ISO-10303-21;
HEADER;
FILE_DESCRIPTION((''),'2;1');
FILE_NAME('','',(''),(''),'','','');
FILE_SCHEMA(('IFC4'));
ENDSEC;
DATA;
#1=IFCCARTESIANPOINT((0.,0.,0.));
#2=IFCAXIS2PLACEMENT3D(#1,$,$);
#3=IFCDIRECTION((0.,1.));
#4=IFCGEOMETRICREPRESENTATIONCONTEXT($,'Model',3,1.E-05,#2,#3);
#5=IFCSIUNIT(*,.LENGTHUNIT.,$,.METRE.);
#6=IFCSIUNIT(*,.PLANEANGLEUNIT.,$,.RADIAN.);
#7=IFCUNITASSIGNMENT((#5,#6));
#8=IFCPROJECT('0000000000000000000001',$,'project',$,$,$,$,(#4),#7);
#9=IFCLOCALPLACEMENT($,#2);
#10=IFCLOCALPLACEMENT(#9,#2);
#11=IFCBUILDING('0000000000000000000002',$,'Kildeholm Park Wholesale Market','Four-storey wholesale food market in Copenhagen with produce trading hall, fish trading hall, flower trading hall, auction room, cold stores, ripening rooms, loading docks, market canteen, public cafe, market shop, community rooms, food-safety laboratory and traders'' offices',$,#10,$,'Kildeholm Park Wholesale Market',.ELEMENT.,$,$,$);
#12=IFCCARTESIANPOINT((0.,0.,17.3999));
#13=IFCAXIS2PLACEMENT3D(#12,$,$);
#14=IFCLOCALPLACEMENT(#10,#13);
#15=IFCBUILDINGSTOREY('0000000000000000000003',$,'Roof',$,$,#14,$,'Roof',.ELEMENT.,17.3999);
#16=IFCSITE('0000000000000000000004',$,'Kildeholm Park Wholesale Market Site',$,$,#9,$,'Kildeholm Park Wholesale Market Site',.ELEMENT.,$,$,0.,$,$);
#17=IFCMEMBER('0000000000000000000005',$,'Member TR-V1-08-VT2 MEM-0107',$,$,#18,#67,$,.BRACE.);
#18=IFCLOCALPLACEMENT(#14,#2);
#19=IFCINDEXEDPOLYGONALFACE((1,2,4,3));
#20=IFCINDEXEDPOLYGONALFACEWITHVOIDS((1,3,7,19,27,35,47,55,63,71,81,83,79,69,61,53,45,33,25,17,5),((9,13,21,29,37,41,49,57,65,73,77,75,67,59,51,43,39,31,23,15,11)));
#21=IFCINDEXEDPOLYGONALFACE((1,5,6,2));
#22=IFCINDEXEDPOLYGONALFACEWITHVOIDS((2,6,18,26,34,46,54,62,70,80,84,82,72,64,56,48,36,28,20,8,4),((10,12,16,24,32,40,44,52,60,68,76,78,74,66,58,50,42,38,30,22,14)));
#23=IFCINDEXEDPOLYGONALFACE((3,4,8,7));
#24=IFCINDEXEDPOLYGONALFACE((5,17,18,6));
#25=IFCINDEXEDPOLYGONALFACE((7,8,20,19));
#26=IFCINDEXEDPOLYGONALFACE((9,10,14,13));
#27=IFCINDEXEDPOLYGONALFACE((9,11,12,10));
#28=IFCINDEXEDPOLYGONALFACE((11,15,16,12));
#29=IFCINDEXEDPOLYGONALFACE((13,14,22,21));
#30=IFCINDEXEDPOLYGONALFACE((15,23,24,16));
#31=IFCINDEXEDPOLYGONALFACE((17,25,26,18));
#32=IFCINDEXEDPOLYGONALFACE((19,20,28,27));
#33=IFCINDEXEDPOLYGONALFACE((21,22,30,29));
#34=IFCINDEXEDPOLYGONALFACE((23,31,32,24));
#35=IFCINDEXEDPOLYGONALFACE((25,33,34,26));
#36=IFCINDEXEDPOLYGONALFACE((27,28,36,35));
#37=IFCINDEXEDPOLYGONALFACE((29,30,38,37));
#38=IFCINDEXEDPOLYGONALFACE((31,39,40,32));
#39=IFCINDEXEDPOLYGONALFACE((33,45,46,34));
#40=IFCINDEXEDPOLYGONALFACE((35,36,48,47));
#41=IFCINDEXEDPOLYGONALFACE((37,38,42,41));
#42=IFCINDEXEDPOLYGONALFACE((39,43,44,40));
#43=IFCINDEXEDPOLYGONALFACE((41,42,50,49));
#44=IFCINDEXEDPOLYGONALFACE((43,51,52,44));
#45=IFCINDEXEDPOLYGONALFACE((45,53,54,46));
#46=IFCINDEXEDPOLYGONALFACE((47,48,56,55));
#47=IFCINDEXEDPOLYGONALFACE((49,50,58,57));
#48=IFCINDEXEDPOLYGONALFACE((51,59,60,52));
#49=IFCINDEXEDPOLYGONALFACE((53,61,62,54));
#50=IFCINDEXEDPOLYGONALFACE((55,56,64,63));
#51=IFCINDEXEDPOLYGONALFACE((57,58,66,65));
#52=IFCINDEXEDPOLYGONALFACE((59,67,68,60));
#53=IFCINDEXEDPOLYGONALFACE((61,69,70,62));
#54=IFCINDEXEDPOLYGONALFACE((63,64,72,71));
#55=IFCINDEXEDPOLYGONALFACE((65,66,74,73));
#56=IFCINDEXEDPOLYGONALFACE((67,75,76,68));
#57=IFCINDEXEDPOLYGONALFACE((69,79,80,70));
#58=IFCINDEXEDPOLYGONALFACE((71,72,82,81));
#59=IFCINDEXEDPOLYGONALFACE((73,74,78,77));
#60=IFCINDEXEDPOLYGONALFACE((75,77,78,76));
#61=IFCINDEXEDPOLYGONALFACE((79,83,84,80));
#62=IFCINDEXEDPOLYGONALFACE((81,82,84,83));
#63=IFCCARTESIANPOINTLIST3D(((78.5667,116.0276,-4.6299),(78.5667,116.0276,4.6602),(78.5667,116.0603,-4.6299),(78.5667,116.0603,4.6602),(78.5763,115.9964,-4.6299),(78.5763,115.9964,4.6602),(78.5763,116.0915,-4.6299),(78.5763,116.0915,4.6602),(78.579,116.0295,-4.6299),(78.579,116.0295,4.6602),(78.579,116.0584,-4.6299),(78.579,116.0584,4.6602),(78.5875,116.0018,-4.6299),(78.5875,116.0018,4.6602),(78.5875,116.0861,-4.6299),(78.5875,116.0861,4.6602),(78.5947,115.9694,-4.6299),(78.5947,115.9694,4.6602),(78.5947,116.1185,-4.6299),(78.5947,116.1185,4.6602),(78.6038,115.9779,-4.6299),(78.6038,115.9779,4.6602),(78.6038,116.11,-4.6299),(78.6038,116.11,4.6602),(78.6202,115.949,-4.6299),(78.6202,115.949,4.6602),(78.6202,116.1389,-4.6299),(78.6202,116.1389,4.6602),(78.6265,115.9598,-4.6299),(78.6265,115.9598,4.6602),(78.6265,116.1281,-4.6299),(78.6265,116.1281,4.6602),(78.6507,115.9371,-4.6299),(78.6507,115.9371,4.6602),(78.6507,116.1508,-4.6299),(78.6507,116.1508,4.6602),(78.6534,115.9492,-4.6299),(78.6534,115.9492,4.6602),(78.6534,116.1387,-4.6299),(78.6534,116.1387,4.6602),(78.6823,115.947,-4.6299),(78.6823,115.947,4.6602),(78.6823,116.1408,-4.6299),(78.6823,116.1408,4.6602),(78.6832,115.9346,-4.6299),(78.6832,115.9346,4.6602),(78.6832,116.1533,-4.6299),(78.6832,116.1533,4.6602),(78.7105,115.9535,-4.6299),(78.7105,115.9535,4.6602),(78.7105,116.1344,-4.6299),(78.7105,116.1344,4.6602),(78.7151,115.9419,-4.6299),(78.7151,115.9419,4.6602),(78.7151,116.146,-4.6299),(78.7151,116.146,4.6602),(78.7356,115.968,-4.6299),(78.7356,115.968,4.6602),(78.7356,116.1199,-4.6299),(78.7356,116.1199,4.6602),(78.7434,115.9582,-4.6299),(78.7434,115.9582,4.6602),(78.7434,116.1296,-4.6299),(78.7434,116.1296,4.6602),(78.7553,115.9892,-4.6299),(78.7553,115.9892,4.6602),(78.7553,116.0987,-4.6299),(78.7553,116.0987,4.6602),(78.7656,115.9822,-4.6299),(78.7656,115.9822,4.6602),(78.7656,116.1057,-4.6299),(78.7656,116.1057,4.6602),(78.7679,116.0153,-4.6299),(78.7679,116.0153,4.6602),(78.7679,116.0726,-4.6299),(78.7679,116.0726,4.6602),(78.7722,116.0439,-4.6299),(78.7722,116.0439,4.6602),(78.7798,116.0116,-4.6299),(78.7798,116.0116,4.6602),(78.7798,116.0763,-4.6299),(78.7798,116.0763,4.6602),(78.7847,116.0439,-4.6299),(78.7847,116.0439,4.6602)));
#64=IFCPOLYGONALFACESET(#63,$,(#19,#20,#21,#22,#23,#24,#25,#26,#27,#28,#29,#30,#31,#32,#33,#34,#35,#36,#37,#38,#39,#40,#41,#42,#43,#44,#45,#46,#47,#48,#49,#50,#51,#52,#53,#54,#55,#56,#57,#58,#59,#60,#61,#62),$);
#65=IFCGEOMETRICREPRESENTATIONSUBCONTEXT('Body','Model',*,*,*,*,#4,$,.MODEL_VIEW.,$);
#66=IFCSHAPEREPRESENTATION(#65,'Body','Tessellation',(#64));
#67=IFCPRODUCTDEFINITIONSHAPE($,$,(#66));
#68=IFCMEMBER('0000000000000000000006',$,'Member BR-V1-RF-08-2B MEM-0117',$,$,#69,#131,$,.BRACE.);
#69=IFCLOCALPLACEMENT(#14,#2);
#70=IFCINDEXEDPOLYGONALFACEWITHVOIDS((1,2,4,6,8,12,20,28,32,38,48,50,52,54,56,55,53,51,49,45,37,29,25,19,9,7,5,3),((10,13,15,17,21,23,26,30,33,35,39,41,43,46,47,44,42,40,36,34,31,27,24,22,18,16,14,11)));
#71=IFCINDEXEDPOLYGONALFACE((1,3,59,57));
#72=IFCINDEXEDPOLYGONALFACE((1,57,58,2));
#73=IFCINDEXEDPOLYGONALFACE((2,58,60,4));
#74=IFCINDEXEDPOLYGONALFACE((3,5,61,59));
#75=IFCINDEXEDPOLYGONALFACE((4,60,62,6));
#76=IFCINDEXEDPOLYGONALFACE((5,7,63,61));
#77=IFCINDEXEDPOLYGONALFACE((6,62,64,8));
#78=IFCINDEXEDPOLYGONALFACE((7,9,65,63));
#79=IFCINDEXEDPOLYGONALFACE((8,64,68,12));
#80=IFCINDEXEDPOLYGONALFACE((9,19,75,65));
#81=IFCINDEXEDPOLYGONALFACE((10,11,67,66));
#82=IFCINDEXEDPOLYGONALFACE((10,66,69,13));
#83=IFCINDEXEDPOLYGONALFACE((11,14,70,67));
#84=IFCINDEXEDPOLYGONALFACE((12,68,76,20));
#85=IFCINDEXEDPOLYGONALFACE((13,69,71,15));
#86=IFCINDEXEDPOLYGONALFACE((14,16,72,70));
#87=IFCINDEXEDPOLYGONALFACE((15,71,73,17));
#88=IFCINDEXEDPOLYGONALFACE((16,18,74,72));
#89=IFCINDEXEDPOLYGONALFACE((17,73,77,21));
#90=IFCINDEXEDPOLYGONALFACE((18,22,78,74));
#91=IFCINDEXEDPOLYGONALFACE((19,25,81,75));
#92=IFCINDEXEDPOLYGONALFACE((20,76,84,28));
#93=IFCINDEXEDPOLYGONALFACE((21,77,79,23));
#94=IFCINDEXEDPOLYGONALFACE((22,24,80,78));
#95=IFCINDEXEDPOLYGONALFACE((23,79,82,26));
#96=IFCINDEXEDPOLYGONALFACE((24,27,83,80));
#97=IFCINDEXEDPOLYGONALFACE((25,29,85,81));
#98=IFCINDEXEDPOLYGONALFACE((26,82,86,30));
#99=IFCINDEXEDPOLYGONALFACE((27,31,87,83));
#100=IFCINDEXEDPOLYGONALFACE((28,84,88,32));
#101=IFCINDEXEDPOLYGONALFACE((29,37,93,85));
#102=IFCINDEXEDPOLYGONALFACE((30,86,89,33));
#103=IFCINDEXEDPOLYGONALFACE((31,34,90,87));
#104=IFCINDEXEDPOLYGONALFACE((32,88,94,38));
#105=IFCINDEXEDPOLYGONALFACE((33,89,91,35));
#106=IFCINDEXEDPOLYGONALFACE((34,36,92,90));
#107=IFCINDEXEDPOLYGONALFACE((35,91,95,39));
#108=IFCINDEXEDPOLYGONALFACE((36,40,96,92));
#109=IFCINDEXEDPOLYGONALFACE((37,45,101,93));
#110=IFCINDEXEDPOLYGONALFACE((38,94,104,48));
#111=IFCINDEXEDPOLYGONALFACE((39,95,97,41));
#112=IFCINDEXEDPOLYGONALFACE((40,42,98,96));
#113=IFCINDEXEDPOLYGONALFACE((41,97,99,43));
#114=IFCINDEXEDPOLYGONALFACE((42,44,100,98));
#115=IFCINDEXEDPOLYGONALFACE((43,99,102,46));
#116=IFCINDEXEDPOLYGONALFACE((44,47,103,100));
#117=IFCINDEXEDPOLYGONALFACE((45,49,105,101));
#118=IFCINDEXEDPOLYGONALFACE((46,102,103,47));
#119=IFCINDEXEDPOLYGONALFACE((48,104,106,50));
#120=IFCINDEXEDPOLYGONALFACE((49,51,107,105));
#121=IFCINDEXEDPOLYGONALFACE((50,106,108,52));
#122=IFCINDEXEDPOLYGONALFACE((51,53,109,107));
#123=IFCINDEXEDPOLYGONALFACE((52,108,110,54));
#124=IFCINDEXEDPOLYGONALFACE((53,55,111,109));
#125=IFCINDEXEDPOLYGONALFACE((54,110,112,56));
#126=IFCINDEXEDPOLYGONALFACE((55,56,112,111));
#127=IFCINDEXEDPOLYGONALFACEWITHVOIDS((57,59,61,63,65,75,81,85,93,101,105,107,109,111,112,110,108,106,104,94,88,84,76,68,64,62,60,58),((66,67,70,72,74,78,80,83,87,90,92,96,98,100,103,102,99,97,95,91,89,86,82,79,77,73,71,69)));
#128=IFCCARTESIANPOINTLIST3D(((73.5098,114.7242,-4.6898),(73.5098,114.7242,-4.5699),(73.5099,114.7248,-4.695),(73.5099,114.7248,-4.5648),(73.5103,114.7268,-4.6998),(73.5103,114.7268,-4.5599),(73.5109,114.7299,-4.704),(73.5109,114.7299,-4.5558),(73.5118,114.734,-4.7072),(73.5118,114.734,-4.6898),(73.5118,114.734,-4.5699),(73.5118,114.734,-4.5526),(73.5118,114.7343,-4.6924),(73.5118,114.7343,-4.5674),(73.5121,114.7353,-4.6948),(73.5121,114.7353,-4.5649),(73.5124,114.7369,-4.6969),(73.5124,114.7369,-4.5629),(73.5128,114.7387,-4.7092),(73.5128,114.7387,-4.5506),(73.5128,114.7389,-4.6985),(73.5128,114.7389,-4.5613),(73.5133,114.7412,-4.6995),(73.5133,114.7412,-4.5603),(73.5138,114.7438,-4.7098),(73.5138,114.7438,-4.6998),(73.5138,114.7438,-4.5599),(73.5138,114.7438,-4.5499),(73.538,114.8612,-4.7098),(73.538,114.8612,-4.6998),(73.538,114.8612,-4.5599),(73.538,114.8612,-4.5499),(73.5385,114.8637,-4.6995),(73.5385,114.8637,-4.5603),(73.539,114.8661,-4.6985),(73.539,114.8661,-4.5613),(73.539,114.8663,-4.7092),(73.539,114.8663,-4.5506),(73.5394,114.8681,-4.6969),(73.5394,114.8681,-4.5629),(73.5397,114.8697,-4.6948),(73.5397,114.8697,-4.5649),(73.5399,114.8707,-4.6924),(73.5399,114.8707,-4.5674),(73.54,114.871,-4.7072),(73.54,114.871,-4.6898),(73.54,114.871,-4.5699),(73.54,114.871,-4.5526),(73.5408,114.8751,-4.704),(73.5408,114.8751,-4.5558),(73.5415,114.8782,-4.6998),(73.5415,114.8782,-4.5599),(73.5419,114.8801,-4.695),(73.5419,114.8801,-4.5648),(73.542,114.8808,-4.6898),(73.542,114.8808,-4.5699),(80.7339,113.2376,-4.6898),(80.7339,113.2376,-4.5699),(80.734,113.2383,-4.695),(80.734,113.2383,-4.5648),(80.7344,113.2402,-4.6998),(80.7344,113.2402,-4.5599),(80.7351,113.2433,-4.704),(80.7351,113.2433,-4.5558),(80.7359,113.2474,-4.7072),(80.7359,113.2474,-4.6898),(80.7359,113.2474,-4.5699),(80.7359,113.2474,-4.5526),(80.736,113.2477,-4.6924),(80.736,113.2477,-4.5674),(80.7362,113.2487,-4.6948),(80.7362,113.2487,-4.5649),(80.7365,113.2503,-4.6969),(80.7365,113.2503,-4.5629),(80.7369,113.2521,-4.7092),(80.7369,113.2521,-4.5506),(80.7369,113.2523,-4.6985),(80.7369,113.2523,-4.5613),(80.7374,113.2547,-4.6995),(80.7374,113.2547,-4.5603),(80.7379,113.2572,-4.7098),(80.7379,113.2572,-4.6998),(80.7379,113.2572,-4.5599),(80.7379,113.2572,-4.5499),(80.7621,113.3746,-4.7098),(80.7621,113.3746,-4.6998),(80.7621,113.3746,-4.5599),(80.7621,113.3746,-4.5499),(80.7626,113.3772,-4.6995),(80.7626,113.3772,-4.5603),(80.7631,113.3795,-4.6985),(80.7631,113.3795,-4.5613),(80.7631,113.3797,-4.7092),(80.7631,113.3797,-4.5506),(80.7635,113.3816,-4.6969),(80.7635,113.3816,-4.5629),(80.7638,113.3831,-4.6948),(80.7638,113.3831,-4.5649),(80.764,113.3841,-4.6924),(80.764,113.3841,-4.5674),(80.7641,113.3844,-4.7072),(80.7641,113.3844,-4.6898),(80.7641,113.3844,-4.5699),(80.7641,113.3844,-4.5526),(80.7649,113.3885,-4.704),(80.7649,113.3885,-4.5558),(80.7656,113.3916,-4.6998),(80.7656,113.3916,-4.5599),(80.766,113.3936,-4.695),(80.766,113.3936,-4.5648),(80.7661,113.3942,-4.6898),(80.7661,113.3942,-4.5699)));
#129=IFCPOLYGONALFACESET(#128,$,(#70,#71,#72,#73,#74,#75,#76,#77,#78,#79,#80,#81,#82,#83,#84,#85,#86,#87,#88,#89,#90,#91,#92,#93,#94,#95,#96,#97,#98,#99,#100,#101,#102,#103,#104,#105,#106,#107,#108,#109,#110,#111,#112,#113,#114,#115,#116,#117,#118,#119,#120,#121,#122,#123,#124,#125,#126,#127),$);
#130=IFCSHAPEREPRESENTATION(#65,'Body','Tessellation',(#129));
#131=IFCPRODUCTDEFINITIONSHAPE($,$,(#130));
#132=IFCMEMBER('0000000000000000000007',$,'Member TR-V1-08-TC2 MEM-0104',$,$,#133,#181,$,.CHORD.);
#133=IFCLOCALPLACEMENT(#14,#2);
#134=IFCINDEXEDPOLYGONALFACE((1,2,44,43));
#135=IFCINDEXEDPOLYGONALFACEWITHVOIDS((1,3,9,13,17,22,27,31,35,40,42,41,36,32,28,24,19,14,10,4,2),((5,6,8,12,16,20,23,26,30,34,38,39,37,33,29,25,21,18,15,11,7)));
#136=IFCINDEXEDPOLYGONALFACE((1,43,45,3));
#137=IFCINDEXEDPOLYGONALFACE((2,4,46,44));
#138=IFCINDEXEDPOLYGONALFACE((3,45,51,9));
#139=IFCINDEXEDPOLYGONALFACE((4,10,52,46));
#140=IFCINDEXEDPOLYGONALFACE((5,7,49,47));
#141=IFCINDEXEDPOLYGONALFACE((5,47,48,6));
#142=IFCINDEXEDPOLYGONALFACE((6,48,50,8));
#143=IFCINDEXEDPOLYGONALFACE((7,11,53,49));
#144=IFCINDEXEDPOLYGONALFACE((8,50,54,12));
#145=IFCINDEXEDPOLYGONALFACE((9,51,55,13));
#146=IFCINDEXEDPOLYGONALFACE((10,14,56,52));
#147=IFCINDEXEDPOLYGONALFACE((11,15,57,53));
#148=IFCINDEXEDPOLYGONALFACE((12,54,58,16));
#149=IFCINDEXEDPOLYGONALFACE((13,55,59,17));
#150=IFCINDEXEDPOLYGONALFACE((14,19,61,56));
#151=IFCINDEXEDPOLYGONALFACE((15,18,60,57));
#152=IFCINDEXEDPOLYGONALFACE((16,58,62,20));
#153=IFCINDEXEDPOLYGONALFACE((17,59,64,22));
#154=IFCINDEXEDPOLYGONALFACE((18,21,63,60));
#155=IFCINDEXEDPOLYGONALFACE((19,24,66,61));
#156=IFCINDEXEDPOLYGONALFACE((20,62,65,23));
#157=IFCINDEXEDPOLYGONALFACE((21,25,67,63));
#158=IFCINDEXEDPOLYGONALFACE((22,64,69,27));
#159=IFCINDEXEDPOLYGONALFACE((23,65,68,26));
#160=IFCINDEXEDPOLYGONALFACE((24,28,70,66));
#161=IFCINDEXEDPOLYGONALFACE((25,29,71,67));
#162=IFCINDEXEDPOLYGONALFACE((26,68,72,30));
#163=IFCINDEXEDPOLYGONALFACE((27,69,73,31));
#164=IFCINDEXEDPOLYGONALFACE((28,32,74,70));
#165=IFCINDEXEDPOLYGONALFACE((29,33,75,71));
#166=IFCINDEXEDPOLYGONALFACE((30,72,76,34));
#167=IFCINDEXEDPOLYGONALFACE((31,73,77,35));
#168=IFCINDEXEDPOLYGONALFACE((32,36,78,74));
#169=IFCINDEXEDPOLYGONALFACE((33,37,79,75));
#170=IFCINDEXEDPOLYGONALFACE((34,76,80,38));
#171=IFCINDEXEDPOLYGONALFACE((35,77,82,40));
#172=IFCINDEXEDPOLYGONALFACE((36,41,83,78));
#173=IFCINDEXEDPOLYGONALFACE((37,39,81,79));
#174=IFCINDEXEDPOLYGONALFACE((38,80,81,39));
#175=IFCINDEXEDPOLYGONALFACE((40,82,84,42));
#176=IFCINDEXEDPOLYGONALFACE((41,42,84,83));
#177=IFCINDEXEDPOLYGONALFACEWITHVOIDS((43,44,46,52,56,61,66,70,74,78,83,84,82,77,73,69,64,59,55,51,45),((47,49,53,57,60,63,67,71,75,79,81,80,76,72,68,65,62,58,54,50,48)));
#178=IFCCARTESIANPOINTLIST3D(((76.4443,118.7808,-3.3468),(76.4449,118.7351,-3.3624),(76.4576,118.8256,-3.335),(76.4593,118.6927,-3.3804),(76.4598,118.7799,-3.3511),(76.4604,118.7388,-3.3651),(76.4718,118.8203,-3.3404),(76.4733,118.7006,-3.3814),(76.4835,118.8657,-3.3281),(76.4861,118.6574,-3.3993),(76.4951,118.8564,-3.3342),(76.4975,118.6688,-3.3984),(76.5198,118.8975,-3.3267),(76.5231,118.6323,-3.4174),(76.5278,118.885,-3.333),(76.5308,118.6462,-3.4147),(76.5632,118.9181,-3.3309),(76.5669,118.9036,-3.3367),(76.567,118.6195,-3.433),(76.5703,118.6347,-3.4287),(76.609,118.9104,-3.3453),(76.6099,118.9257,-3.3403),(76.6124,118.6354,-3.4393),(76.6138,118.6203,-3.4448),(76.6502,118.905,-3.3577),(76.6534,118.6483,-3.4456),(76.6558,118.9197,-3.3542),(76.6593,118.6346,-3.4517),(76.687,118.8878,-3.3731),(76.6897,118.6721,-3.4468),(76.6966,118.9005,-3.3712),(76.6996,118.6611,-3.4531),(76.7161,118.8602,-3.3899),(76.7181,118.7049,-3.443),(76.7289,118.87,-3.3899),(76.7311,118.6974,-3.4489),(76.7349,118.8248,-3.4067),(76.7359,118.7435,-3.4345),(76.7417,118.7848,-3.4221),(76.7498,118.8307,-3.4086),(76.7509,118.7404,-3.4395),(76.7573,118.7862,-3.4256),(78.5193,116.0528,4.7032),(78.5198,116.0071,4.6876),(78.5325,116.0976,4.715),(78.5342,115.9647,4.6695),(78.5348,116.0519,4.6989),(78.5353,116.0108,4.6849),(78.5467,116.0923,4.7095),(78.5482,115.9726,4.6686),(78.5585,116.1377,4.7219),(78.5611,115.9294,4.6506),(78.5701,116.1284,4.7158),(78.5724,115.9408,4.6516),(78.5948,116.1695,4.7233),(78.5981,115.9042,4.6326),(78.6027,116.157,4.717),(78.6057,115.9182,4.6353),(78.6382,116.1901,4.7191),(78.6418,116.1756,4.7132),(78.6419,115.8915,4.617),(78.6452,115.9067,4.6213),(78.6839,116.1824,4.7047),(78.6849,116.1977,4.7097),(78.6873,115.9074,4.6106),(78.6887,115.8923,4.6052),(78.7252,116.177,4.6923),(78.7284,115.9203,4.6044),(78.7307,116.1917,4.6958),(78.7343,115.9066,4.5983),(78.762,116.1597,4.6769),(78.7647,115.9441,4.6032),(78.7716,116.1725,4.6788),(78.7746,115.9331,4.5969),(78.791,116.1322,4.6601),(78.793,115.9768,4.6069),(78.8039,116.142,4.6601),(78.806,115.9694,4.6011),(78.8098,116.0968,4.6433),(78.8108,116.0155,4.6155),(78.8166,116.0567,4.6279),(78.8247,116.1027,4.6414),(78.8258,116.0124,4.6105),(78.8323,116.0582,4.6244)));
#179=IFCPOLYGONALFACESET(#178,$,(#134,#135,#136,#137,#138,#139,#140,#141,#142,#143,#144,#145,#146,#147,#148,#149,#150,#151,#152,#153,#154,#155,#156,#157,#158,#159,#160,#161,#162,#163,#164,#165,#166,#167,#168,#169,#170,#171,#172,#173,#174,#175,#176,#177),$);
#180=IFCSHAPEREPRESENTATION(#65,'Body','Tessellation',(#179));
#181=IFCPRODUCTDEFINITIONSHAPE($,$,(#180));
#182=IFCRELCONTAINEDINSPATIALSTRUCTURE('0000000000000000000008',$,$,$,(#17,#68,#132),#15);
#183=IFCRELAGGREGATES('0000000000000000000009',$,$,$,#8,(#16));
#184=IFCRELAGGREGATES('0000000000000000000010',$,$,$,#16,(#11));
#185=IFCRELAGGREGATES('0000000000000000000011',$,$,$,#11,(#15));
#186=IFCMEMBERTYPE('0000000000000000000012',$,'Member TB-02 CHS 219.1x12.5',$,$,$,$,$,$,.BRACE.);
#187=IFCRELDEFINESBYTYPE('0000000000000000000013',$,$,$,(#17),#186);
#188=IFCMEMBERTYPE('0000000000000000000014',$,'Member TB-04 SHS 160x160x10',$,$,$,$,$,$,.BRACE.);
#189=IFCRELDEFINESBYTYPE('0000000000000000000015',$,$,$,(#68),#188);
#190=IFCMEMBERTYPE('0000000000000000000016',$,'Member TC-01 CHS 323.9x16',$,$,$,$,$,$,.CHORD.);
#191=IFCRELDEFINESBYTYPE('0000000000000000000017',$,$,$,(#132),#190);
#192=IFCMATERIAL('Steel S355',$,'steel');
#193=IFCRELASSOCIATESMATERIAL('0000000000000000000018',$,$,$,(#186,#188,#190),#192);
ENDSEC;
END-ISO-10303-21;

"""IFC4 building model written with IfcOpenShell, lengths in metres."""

from ifc_helpers import new_model, si_unit, direction, frame, origin, origin_2d, place, context, subcontext, project, spatial, hollow_rectangle, hollow_circle, extrude, material, material_profile, profile_set, type_object, element, save


model = new_model("IFC4")

# Units and contexts
model_context = context("Model", 3, precision=1e-05, world=origin(), true_north=direction((0.0, 1.0)))
body_context = subcontext(model_context, "Body", "Model", "MODEL_VIEW")
ifc_project = project(units=[si_unit("LENGTHUNIT", "METRE"), si_unit("PLANEANGLEUNIT", "RADIAN")], contexts=[model_context])

# Site, building, storey
site_placement = place(None, origin())
site = spatial("IfcSite", under=ifc_project, at=site_placement, Name="Kildeholm Park Wholesale Market Site", LongName="Kildeholm Park Wholesale Market Site", CompositionType="ELEMENT", RefElevation=0.0)
building_placement = place(site_placement, origin())
building = spatial("IfcBuilding", under=site, at=building_placement, Name="Kildeholm Park Wholesale Market", Description="Four-storey wholesale food market in Copenhagen with produce trading hall, fish trading hall, flower trading hall, auction room, cold stores, ripening rooms, loading docks, market canteen, public cafe, market shop, community rooms, food-safety laboratory and traders' offices", LongName="Kildeholm Park Wholesale Market", CompositionType="ELEMENT")
storey_placement = place(building_placement, frame((0.0, 0.0, 17.3999)))
storey = spatial("IfcBuildingStorey", under=building, at=storey_placement, Name="Roof", LongName="Roof", CompositionType="ELEMENT", Elevation=17.3999)

# Members
ifc_material_1 = material(Name="Steel S355", Category="steel")
ifc_material_profile_1 = material_profile(ifc_material_1, hollow_circle(Radius=0.1096, WallThickness=0.0125, at=origin_2d()), Name="CHS 219.1x12.5")
ifc_profile_set_1 = profile_set([ifc_material_profile_1], Name="Steel S355")
member_type_1 = type_object("IfcMemberType", Name="Member TB-02 CHS 219.1x12.5", PredefinedType="BRACE", material=ifc_profile_set_1)
member_1_placement = place(storey_placement, frame((78.675, 116.0439, -4.6299), z_axis=(0.0, 0.0, 1.0), x_axis=(1.0, 0.0, 0.0)))
element("IfcMember", 1, at=member_1_placement, inside=storey, type_object=member_type_1, Name="Member TR-V1-08-VT2 MEM-0107", PredefinedType="BRACE", context=body_context, shape_type="SweptSolid", body=[
    extrude(hollow_circle(Radius=0.1096, WallThickness=0.0125, at=origin_2d()), origin(), (0.0, 0.0, 1.0), 9.29),
])
ifc_material_profile_2 = material_profile(ifc_material_1, hollow_rectangle(XDim=0.1599, YDim=0.1599, WallThickness=0.01, InnerFilletRadius=0.01, OuterFilletRadius=0.02, at=origin_2d()), Name="SHS 160x160x10")
ifc_profile_set_2 = profile_set([ifc_material_profile_2], Name="Steel S355")
member_type_2 = type_object("IfcMemberType", Name="Member TB-04 SHS 160x160x10", PredefinedType="BRACE", material=ifc_profile_set_2)
member_2_placement = place(storey_placement, frame((73.5259, 114.8025, -4.6299), z_axis=(0.979477, -0.201556, 0.0), x_axis=(0.201556, 0.979477, 0.0)))
element("IfcMember", 2, at=member_2_placement, inside=storey, type_object=member_type_2, Name="Member BR-V1-RF-08-2B MEM-0117", PredefinedType="BRACE", context=body_context, shape_type="SweptSolid", body=[
    extrude(hollow_rectangle(XDim=0.1599, YDim=0.1599, WallThickness=0.01, InnerFilletRadius=0.01, OuterFilletRadius=0.02, at=origin_2d()), origin(), (0.0, 0.0, 1.0), 7.3755),
])
ifc_material_profile_3 = material_profile(ifc_material_1, hollow_circle(Radius=0.1619, WallThickness=0.0161, at=origin_2d()), Name="CHS 323.9x16")
ifc_profile_set_3 = profile_set([ifc_material_profile_3], Name="Steel S355")
member_type_3 = type_object("IfcMemberType", Name="Member TC-01 CHS 323.9x16", PredefinedType="CHORD", material=ifc_profile_set_3)
member_3_placement = place(storey_placement, frame((76.6001, 118.772, -3.3899), z_axis=(0.237155, -0.311798, 0.920076), x_axis=(0.79593, 0.605388, 0.0)))
element("IfcMember", 3, at=member_3_placement, inside=storey, type_object=member_type_3, Name="Member TR-V1-08-TC2 MEM-0104", PredefinedType="CHORD", context=body_context, shape_type="SweptSolid", body=[
    extrude(hollow_circle(Radius=0.1619, WallThickness=0.0161, at=origin_2d()), origin(), (0.0, 0.0, 1.0), 8.7493),
])

save(model, "model.ifc")
